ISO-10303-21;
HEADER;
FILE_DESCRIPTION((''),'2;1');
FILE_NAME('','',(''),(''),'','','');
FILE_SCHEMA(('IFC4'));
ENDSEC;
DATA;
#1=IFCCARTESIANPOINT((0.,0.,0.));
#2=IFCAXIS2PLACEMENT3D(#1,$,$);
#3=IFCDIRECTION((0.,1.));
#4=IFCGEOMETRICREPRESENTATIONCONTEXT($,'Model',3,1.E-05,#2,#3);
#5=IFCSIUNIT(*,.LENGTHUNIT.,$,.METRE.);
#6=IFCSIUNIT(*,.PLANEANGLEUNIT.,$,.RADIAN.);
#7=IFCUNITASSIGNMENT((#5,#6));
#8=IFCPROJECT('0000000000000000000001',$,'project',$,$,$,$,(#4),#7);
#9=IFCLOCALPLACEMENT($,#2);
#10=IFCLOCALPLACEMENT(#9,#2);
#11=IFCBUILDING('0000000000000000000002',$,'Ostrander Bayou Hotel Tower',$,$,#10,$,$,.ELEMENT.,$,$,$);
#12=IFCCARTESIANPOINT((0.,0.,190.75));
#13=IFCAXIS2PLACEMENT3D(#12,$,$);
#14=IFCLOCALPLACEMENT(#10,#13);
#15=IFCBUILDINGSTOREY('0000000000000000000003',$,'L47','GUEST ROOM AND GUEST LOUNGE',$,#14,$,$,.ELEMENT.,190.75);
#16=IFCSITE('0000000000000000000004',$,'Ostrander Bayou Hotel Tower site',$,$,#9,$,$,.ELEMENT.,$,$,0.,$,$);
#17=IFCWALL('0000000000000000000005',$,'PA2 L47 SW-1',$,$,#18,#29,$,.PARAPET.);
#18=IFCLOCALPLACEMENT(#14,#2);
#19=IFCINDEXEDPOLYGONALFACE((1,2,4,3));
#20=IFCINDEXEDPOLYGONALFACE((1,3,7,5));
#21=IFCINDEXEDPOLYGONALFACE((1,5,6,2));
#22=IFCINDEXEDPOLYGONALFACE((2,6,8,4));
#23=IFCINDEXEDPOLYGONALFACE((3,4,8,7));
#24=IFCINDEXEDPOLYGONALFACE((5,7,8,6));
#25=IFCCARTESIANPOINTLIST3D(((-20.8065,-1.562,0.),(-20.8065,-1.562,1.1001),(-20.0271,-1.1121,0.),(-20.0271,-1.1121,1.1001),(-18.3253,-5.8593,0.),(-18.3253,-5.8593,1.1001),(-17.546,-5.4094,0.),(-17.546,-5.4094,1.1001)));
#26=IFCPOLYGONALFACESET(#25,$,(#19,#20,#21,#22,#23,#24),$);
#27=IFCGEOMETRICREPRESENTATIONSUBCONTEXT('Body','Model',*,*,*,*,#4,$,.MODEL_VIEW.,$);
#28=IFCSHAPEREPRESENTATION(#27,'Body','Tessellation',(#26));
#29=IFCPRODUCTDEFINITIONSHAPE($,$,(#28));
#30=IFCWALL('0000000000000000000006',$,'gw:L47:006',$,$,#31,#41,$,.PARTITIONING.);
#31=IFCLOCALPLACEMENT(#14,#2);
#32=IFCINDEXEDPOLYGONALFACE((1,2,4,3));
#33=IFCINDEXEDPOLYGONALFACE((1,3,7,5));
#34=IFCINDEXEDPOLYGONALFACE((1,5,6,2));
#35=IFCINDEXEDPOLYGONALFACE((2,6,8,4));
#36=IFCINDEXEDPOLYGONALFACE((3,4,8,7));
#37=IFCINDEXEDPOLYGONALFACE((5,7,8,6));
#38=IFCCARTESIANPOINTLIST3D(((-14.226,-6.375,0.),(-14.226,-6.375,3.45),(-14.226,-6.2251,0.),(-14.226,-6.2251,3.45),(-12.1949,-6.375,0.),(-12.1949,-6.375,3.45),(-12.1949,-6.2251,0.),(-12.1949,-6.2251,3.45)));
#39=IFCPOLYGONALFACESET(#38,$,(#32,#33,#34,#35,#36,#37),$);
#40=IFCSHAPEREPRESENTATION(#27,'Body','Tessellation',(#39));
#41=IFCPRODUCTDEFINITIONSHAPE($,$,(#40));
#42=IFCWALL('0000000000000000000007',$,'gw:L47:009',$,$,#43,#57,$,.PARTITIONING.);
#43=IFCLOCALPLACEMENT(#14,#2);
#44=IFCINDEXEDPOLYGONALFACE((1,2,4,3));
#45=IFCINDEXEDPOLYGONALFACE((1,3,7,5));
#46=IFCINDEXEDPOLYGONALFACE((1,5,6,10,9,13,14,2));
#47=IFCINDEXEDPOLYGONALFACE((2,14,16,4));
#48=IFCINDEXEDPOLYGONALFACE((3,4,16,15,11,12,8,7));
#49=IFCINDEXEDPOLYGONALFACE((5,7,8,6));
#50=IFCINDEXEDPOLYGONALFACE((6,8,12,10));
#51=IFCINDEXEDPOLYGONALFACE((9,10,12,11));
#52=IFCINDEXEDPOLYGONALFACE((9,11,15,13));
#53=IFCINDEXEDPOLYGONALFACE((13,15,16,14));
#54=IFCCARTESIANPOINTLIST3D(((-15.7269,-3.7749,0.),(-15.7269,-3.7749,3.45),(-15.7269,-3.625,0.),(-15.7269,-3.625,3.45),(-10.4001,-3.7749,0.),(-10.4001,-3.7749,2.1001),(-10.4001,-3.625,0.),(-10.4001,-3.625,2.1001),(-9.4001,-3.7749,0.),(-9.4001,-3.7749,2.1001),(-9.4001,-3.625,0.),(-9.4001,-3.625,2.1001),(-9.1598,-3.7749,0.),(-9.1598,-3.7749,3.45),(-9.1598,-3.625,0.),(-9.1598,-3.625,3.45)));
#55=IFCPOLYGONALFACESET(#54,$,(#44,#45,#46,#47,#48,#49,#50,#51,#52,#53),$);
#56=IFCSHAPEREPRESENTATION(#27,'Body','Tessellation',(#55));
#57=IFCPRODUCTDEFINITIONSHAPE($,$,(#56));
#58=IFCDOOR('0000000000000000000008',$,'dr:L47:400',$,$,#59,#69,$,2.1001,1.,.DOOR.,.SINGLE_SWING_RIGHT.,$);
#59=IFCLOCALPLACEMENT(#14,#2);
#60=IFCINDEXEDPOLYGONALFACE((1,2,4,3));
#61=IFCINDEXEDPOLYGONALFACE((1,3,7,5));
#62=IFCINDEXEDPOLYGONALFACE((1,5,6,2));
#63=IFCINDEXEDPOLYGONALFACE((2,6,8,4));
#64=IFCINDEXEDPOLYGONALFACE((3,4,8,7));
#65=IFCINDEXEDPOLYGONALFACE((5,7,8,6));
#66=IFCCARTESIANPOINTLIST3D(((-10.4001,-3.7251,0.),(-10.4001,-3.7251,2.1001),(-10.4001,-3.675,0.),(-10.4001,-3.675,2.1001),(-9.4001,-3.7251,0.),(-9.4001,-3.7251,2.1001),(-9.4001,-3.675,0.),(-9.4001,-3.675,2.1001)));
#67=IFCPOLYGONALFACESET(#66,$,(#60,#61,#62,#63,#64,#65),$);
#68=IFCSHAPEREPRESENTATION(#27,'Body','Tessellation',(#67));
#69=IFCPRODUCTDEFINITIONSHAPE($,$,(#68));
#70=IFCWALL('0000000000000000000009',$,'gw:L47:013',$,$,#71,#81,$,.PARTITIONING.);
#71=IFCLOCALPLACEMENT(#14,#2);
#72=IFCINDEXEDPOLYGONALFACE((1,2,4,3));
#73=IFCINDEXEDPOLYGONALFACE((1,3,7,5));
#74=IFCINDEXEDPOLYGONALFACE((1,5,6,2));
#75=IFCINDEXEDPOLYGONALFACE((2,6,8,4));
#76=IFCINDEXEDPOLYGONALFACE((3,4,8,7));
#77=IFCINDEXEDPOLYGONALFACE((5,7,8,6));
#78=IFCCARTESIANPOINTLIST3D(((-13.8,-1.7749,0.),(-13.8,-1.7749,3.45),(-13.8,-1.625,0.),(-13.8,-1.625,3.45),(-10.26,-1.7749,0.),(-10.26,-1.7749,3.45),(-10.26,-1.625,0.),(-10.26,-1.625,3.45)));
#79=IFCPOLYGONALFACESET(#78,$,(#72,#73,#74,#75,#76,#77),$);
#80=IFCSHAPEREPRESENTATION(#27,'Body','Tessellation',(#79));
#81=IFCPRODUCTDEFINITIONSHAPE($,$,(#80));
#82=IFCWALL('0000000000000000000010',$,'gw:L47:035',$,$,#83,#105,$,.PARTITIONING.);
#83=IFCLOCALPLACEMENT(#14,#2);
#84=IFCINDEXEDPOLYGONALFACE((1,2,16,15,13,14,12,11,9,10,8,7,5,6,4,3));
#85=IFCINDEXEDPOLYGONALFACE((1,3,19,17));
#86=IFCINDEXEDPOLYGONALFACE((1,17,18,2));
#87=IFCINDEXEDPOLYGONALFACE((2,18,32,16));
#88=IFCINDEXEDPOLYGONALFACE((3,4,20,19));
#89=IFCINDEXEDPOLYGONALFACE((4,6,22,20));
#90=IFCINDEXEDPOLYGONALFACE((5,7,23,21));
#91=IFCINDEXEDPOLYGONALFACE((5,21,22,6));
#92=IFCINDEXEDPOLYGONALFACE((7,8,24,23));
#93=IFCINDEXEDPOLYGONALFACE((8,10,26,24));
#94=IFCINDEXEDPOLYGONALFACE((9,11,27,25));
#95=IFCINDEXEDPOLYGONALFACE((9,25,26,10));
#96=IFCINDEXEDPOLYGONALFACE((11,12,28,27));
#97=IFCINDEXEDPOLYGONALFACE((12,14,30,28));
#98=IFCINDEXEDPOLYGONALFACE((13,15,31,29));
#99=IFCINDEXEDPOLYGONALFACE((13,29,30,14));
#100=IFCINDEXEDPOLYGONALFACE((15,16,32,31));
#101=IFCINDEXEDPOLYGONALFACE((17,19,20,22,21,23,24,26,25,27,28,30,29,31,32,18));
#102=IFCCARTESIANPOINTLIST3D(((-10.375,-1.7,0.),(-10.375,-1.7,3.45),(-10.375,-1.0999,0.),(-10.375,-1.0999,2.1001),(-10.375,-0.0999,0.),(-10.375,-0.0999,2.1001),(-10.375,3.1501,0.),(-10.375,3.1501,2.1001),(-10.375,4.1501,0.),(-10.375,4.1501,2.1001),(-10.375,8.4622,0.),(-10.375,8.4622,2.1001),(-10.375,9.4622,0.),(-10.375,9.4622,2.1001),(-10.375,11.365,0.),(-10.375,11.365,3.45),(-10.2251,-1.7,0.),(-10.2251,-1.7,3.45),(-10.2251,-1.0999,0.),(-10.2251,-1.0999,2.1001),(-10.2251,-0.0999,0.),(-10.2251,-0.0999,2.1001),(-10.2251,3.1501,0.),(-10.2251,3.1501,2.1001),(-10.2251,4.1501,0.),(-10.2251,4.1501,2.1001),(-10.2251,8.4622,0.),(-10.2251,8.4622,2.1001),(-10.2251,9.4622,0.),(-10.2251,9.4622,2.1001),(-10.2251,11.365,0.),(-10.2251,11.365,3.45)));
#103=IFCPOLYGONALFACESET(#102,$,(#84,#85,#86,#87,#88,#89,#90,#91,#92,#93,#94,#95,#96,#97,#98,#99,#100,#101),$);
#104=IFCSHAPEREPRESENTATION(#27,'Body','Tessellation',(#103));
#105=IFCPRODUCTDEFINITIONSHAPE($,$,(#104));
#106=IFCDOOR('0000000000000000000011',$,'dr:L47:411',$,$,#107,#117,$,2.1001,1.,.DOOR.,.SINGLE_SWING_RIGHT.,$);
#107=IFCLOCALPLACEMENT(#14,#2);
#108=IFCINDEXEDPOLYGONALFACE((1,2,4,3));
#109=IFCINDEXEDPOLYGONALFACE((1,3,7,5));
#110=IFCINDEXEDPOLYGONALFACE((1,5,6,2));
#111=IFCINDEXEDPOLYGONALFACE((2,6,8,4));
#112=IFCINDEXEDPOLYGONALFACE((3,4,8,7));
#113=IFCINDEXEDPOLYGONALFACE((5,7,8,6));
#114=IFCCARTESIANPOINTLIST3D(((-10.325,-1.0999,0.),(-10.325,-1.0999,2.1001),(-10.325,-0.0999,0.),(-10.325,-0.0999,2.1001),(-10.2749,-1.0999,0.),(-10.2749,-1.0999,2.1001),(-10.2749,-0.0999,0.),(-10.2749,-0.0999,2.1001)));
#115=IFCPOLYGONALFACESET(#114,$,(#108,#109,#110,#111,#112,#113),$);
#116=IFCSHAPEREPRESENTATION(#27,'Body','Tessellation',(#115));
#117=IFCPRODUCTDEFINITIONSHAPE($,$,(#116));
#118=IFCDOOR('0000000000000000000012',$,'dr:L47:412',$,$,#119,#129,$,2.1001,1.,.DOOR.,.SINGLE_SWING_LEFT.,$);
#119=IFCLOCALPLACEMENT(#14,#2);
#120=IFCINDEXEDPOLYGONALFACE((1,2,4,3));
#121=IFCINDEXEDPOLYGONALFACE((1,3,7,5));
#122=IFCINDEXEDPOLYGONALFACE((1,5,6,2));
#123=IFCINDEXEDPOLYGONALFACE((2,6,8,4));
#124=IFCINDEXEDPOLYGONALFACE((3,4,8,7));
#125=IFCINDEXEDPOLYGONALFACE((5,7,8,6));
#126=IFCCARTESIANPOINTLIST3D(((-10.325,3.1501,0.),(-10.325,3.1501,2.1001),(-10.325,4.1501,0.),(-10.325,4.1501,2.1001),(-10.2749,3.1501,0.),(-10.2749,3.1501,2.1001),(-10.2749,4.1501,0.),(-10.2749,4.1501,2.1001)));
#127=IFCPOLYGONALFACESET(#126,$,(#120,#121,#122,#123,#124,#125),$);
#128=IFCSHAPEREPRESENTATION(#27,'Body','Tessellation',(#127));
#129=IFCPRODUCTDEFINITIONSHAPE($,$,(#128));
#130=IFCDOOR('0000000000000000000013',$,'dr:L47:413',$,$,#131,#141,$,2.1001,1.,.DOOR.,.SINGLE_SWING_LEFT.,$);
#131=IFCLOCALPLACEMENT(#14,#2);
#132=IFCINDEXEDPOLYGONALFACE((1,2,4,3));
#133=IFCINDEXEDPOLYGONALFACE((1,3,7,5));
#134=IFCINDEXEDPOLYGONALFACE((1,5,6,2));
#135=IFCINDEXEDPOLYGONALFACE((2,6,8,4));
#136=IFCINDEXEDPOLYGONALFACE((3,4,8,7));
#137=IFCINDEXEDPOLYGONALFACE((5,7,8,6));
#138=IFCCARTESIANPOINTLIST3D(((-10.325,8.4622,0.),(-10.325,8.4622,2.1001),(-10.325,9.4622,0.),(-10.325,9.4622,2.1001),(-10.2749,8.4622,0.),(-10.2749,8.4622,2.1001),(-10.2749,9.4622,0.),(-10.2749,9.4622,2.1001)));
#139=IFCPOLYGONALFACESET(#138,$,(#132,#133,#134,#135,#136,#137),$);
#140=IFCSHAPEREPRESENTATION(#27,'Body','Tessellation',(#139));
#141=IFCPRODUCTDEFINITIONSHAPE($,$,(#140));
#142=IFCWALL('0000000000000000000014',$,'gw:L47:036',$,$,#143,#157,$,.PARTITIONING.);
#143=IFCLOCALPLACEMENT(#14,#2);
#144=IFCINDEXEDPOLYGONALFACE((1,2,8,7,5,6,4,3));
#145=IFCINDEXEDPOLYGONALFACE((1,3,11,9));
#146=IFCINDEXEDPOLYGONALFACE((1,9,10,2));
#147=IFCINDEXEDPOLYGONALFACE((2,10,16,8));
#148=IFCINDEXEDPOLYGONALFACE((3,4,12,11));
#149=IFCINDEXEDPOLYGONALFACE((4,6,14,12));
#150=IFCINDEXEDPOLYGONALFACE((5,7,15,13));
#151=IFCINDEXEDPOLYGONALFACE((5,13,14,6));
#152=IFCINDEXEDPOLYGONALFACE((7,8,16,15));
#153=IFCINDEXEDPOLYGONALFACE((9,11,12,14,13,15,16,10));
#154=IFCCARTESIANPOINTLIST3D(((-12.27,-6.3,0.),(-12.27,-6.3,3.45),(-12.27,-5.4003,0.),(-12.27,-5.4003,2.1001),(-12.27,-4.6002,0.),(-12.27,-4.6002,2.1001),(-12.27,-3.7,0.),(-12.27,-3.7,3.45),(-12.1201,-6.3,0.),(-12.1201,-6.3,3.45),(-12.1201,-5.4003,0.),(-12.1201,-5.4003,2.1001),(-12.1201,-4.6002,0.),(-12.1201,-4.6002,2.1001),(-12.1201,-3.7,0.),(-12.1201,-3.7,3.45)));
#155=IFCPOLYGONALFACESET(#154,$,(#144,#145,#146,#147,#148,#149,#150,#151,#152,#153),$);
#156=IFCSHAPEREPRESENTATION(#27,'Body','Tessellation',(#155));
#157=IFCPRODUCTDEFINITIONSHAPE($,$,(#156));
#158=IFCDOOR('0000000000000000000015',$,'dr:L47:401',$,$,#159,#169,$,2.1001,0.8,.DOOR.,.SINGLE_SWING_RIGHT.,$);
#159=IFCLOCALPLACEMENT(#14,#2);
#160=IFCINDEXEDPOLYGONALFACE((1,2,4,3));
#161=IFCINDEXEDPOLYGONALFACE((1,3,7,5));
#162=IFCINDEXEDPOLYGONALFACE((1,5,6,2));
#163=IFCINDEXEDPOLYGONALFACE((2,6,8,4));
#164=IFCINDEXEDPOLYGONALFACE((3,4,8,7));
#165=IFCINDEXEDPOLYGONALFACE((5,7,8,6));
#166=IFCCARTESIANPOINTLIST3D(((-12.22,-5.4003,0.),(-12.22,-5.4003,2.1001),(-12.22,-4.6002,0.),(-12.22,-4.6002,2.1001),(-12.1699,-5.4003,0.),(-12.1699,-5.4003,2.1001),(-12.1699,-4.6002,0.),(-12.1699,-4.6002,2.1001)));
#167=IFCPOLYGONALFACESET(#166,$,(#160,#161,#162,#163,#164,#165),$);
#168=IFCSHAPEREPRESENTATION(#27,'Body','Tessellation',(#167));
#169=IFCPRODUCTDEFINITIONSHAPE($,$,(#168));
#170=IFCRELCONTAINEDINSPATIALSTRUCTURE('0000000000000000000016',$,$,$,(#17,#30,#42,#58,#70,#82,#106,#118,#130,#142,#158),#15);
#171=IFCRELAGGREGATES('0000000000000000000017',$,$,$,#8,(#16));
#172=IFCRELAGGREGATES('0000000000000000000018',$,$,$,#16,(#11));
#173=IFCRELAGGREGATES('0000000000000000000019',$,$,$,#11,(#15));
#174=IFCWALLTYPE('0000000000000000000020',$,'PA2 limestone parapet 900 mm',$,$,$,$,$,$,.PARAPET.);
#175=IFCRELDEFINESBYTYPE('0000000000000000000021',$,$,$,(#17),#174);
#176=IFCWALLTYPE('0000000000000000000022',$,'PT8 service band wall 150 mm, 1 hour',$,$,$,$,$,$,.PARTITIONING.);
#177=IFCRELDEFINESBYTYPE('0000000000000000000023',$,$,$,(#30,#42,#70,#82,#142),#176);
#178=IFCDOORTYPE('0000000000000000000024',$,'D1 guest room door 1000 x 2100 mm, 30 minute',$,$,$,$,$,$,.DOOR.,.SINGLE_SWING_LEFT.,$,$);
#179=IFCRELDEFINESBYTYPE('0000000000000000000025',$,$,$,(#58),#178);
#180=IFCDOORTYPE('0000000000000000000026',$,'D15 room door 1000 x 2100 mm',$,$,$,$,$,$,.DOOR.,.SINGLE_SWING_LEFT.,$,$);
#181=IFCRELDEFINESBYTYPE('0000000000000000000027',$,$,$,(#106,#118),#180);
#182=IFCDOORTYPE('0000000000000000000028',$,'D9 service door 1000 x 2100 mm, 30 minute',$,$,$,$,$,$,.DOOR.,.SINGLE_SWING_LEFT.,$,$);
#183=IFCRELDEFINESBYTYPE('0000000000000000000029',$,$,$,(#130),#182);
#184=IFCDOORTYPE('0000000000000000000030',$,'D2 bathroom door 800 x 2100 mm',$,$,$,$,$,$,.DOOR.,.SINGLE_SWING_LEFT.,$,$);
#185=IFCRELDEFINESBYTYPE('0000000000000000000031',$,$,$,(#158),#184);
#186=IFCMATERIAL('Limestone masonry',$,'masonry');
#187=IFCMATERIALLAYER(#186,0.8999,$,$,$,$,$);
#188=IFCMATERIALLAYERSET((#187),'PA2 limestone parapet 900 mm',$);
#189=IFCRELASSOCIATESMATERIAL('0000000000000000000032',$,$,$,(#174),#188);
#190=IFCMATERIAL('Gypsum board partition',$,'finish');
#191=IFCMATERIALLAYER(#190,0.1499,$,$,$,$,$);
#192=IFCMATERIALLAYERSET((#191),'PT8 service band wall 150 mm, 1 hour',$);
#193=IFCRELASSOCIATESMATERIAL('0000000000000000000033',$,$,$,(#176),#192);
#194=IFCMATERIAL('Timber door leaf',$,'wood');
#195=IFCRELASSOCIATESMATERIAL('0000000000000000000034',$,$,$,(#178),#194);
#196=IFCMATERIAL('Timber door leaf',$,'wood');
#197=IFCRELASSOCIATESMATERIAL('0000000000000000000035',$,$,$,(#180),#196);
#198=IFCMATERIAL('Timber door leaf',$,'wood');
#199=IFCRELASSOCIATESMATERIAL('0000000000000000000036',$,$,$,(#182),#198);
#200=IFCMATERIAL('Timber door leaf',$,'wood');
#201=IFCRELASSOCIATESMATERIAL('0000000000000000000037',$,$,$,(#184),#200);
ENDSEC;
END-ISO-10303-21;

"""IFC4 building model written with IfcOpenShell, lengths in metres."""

from ifc_helpers import new_model, si_unit, direction, frame, frame_2d, origin, place, context, subcontext, project, spatial, rectangle, extrude, material, layer, layer_set, type_object, element, fill, save


model = new_model("IFC4")

# Units and contexts
model_context = context("Model", 3, precision=1e-05, world=origin(), true_north=direction((0.0, 1.0)))
body_context = subcontext(model_context, "Body", "Model", "MODEL_VIEW")
ifc_project = project(units=[si_unit("LENGTHUNIT", "METRE"), si_unit("PLANEANGLEUNIT", "RADIAN")], contexts=[model_context])

# Site, building, storey
site_placement = place(None, origin())
site = spatial("IfcSite", under=ifc_project, at=site_placement, Name="Ostrander Bayou Hotel Tower site", CompositionType="ELEMENT", RefElevation=0.0)
building_placement = place(site_placement, origin())
building = spatial("IfcBuilding", under=site, at=building_placement, Name="Ostrander Bayou Hotel Tower", CompositionType="ELEMENT")
storey_placement = place(building_placement, frame((0.0, 0.0, 190.75)))
storey = spatial("IfcBuildingStorey", under=building, at=storey_placement, Name="L47", Description="GUEST ROOM AND GUEST LOUNGE", CompositionType="ELEMENT", Elevation=190.75)

# Walls
ifc_material_1 = material(Name="Limestone masonry", Category="masonry")
ifc_layer_1 = layer(ifc_material_1, 0.8999)
ifc_layer_set_1 = layer_set([ifc_layer_1], Name="PA2 limestone parapet 900 mm")
wall_type_1 = type_object("IfcWallType", Name="PA2 limestone parapet 900 mm", PredefinedType="PARAPET", material=ifc_layer_set_1)
wall_1_placement = place(storey_placement, frame((-20.4167, -1.3372, 0.0), z_axis=(0.0, 0.0, 1.0), x_axis=(0.500018, -0.866015, 0.0)))
element("IfcWall", 1, at=wall_1_placement, inside=storey, type_object=wall_type_1, Name="PA2 L47 SW-1", PredefinedType="PARAPET", context=body_context, shape_type="SweptSolid", body=[
    extrude(rectangle(XDim=4.9622, YDim=0.8999, at=frame_2d((2.481, 0.0))), origin(), (0.0, 0.0, 1.0), 1.1001),
])
ifc_material_2 = material(Name="Gypsum board partition", Category="finish")
ifc_layer_2 = layer(ifc_material_2, 0.1499)
ifc_layer_set_2 = layer_set([ifc_layer_2], Name="PT8 service band wall 150 mm, 1 hour")
wall_type_2 = type_object("IfcWallType", Name="PT8 service band wall 150 mm, 1 hour", PredefinedType="PARTITIONING", material=ifc_layer_set_2)
wall_2_placement = place(storey_placement, frame((-14.2261, -6.3, 0.0), z_axis=(0.0, 0.0, 1.0), x_axis=(1.0, 0.0, 0.0)))
element("IfcWall", 2, at=wall_2_placement, inside=storey, type_object=wall_type_2, Name="gw:L47:006", PredefinedType="PARTITIONING", context=body_context, shape_type="SweptSolid", body=[
    extrude(rectangle(XDim=2.031, YDim=0.1499, at=frame_2d((1.0156, 0.0))), origin(), (0.0, 0.0, 1.0), 3.45),
])

# Wall, opening, door
wall_3_placement = place(storey_placement, frame((-15.7271, -3.7, 0.0), z_axis=(0.0, 0.0, 1.0), x_axis=(1.0, 0.0, 0.0)))
wall_3 = element("IfcWall", 3, at=wall_3_placement, inside=storey, type_object=wall_type_2, Name="gw:L47:009", PredefinedType="PARTITIONING", context=body_context, shape_type="SweptSolid", body=[
    extrude(rectangle(XDim=6.5671, YDim=0.1499, at=frame_2d((3.2837, 0.0))), origin(), (0.0, 0.0, 1.0), 3.45),
])
opening_1_placement = place(wall_3_placement, frame((5.3269, 0.0, 0.0)))
opening_1 = element("IfcOpeningElement", 4, at=opening_1_placement, cuts=wall_3, PredefinedType="OPENING", context=body_context, shape_type="SweptSolid", body=[
    extrude(rectangle(XDim=1.0, YDim=2.1001, at=frame_2d((0.5, 1.05))), frame((0.0, 0.075, 0.0), z_axis=(0.0, -1.0, 0.0), x_axis=(1.0, 0.0, 0.0)), (0.0, 0.0, 1.0), 0.1499),
])
ifc_material_3 = material(Name="Timber door leaf", Category="wood")
door_type_1 = type_object("IfcDoorType", Name="D1 guest room door 1000 x 2100 mm, 30 minute", OperationType="SINGLE_SWING_LEFT", PredefinedType="DOOR", material=ifc_material_3)
door_1_placement = place(opening_1_placement, origin())
door_1 = element("IfcDoor", 5, at=door_1_placement, inside=storey, type_object=door_type_1, Name="dr:L47:400", OperationType="SINGLE_SWING_RIGHT", OverallHeight=2.1001, OverallWidth=1.0, PredefinedType="DOOR", context=body_context, shape_type="SweptSolid", body=[
    extrude(rectangle(XDim=1.0, YDim=2.1001, at=frame_2d((0.5, 1.05))), frame((0.0, 0.0249, 0.0), z_axis=(0.0, -1.0, 0.0), x_axis=(1.0, 0.0, 0.0)), (0.0, 0.0, 1.0), 0.05),
])
fill(opening_1, door_1)

# Wall
wall_4_placement = place(storey_placement, frame((-13.8, -1.7, 0.0), z_axis=(0.0, 0.0, 1.0), x_axis=(1.0, 0.0, 0.0)))
element("IfcWall", 6, at=wall_4_placement, inside=storey, type_object=wall_type_2, Name="gw:L47:013", PredefinedType="PARTITIONING", context=body_context, shape_type="SweptSolid", body=[
    extrude(rectangle(XDim=3.54, YDim=0.1499, at=frame_2d((1.77, 0.0))), origin(), (0.0, 0.0, 1.0), 3.45),
])

# Wall, openings, doors
wall_5_placement = place(storey_placement, frame((-10.3, -1.7, 0.0), z_axis=(0.0, 0.0, 1.0), x_axis=(0.0, 1.0, 0.0)))
wall_5 = element("IfcWall", 7, at=wall_5_placement, inside=storey, type_object=wall_type_2, Name="gw:L47:035", PredefinedType="PARTITIONING", context=body_context, shape_type="SweptSolid", body=[
    extrude(rectangle(XDim=13.0649, YDim=0.1499, at=frame_2d((6.5325, 0.0))), origin(), (0.0, 0.0, 1.0), 3.45),
])
opening_2_placement = place(wall_5_placement, frame((0.6001, 0.0, 0.0)))
opening_2 = element("IfcOpeningElement", 8, at=opening_2_placement, cuts=wall_5, PredefinedType="OPENING", context=body_context, shape_type="SweptSolid", body=[
    extrude(rectangle(XDim=1.0, YDim=2.1001, at=frame_2d((0.5, 1.05))), frame((0.0, 0.075, 0.0), z_axis=(0.0, -1.0, 0.0), x_axis=(1.0, 0.0, 0.0)), (0.0, 0.0, 1.0), 0.1499),
])
opening_3_placement = place(wall_5_placement, frame((4.8501, 0.0, 0.0)))
opening_3 = element("IfcOpeningElement", 9, at=opening_3_placement, cuts=wall_5, PredefinedType="OPENING", context=body_context, shape_type="SweptSolid", body=[
    extrude(rectangle(XDim=1.0, YDim=2.1001, at=frame_2d((0.5, 1.05))), frame((0.0, 0.075, 0.0), z_axis=(0.0, -1.0, 0.0), x_axis=(1.0, 0.0, 0.0)), (0.0, 0.0, 1.0), 0.1499),
])
opening_4_placement = place(wall_5_placement, frame((10.1621, 0.0, 0.0)))
opening_4 = element("IfcOpeningElement", 10, at=opening_4_placement, cuts=wall_5, PredefinedType="OPENING", context=body_context, shape_type="SweptSolid", body=[
    extrude(rectangle(XDim=1.0, YDim=2.1001, at=frame_2d((0.5, 1.05))), frame((0.0, 0.075, 0.0), z_axis=(0.0, -1.0, 0.0), x_axis=(1.0, 0.0, 0.0)), (0.0, 0.0, 1.0), 0.1499),
])
ifc_material_4 = material(Name="Timber door leaf", Category="wood")
door_type_2 = type_object("IfcDoorType", Name="D15 room door 1000 x 2100 mm", OperationType="SINGLE_SWING_LEFT", PredefinedType="DOOR", material=ifc_material_4)
door_2_placement = place(opening_2_placement, origin())
door_2 = element("IfcDoor", 11, at=door_2_placement, inside=storey, type_object=door_type_2, Name="dr:L47:411", OperationType="SINGLE_SWING_RIGHT", OverallHeight=2.1001, OverallWidth=1.0, PredefinedType="DOOR", context=body_context, shape_type="SweptSolid", body=[
    extrude(rectangle(XDim=1.0, YDim=2.1001, at=frame_2d((0.5, 1.05))), frame((0.0, 0.0249, 0.0), z_axis=(0.0, -1.0, 0.0), x_axis=(1.0, 0.0, 0.0)), (0.0, 0.0, 1.0), 0.05),
])
fill(opening_2, door_2)
door_3_placement = place(opening_3_placement, origin())
door_3 = element("IfcDoor", 12, at=door_3_placement, inside=storey, type_object=door_type_2, Name="dr:L47:412", OperationType="SINGLE_SWING_LEFT", OverallHeight=2.1001, OverallWidth=1.0, PredefinedType="DOOR", context=body_context, shape_type="SweptSolid", body=[
    extrude(rectangle(XDim=1.0, YDim=2.1001, at=frame_2d((0.5, 1.05))), frame((0.0, 0.0249, 0.0), z_axis=(0.0, -1.0, 0.0), x_axis=(1.0, 0.0, 0.0)), (0.0, 0.0, 1.0), 0.05),
])
fill(opening_3, door_3)
ifc_material_5 = material(Name="Timber door leaf", Category="wood")
door_type_3 = type_object("IfcDoorType", Name="D9 service door 1000 x 2100 mm, 30 minute", OperationType="SINGLE_SWING_LEFT", PredefinedType="DOOR", material=ifc_material_5)
door_4_placement = place(opening_4_placement, origin())
door_4 = element("IfcDoor", 13, at=door_4_placement, inside=storey, type_object=door_type_3, Name="dr:L47:413", OperationType="SINGLE_SWING_LEFT", OverallHeight=2.1001, OverallWidth=1.0, PredefinedType="DOOR", context=body_context, shape_type="SweptSolid", body=[
    extrude(rectangle(XDim=1.0, YDim=2.1001, at=frame_2d((0.5, 1.05))), frame((0.0, 0.0249, 0.0), z_axis=(0.0, -1.0, 0.0), x_axis=(1.0, 0.0, 0.0)), (0.0, 0.0, 1.0), 0.05),
])
fill(opening_4, door_4)

# Wall, opening, door
wall_6_placement = place(storey_placement, frame((-12.1951, -6.3, 0.0), z_axis=(0.0, 0.0, 1.0), x_axis=(0.0, 1.0, 0.0)))
wall_6 = element("IfcWall", 14, at=wall_6_placement, inside=storey, type_object=wall_type_2, Name="gw:L47:036", PredefinedType="PARTITIONING", context=body_context, shape_type="SweptSolid", body=[
    extrude(rectangle(XDim=2.6001, YDim=0.1499, at=frame_2d((1.3, 0.0))), origin(), (0.0, 0.0, 1.0), 3.45),
])
opening_5_placement = place(wall_6_placement, frame((0.8999, 0.0, 0.0)))
opening_5 = element("IfcOpeningElement", 15, at=opening_5_placement, cuts=wall_6, PredefinedType="OPENING", context=body_context, shape_type="SweptSolid", body=[
    extrude(rectangle(XDim=0.8, YDim=2.1001, at=frame_2d((0.3999, 1.05))), frame((0.0, 0.075, 0.0), z_axis=(0.0, -1.0, 0.0), x_axis=(1.0, 0.0, 0.0)), (0.0, 0.0, 1.0), 0.1499),
])
ifc_material_6 = material(Name="Timber door leaf", Category="wood")
door_type_4 = type_object("IfcDoorType", Name="D2 bathroom door 800 x 2100 mm", OperationType="SINGLE_SWING_LEFT", PredefinedType="DOOR", material=ifc_material_6)
door_5_placement = place(opening_5_placement, origin())
door_5 = element("IfcDoor", 16, at=door_5_placement, inside=storey, type_object=door_type_4, Name="dr:L47:401", OperationType="SINGLE_SWING_RIGHT", OverallHeight=2.1001, OverallWidth=0.8, PredefinedType="DOOR", context=body_context, shape_type="SweptSolid", body=[
    extrude(rectangle(XDim=0.8, YDim=2.1001, at=frame_2d((0.3999, 1.05))), frame((0.0, 0.0249, 0.0), z_axis=(0.0, -1.0, 0.0), x_axis=(1.0, 0.0, 0.0)), (0.0, 0.0, 1.0), 0.05),
])
fill(opening_5, door_5)

save(model, "model.ifc")
